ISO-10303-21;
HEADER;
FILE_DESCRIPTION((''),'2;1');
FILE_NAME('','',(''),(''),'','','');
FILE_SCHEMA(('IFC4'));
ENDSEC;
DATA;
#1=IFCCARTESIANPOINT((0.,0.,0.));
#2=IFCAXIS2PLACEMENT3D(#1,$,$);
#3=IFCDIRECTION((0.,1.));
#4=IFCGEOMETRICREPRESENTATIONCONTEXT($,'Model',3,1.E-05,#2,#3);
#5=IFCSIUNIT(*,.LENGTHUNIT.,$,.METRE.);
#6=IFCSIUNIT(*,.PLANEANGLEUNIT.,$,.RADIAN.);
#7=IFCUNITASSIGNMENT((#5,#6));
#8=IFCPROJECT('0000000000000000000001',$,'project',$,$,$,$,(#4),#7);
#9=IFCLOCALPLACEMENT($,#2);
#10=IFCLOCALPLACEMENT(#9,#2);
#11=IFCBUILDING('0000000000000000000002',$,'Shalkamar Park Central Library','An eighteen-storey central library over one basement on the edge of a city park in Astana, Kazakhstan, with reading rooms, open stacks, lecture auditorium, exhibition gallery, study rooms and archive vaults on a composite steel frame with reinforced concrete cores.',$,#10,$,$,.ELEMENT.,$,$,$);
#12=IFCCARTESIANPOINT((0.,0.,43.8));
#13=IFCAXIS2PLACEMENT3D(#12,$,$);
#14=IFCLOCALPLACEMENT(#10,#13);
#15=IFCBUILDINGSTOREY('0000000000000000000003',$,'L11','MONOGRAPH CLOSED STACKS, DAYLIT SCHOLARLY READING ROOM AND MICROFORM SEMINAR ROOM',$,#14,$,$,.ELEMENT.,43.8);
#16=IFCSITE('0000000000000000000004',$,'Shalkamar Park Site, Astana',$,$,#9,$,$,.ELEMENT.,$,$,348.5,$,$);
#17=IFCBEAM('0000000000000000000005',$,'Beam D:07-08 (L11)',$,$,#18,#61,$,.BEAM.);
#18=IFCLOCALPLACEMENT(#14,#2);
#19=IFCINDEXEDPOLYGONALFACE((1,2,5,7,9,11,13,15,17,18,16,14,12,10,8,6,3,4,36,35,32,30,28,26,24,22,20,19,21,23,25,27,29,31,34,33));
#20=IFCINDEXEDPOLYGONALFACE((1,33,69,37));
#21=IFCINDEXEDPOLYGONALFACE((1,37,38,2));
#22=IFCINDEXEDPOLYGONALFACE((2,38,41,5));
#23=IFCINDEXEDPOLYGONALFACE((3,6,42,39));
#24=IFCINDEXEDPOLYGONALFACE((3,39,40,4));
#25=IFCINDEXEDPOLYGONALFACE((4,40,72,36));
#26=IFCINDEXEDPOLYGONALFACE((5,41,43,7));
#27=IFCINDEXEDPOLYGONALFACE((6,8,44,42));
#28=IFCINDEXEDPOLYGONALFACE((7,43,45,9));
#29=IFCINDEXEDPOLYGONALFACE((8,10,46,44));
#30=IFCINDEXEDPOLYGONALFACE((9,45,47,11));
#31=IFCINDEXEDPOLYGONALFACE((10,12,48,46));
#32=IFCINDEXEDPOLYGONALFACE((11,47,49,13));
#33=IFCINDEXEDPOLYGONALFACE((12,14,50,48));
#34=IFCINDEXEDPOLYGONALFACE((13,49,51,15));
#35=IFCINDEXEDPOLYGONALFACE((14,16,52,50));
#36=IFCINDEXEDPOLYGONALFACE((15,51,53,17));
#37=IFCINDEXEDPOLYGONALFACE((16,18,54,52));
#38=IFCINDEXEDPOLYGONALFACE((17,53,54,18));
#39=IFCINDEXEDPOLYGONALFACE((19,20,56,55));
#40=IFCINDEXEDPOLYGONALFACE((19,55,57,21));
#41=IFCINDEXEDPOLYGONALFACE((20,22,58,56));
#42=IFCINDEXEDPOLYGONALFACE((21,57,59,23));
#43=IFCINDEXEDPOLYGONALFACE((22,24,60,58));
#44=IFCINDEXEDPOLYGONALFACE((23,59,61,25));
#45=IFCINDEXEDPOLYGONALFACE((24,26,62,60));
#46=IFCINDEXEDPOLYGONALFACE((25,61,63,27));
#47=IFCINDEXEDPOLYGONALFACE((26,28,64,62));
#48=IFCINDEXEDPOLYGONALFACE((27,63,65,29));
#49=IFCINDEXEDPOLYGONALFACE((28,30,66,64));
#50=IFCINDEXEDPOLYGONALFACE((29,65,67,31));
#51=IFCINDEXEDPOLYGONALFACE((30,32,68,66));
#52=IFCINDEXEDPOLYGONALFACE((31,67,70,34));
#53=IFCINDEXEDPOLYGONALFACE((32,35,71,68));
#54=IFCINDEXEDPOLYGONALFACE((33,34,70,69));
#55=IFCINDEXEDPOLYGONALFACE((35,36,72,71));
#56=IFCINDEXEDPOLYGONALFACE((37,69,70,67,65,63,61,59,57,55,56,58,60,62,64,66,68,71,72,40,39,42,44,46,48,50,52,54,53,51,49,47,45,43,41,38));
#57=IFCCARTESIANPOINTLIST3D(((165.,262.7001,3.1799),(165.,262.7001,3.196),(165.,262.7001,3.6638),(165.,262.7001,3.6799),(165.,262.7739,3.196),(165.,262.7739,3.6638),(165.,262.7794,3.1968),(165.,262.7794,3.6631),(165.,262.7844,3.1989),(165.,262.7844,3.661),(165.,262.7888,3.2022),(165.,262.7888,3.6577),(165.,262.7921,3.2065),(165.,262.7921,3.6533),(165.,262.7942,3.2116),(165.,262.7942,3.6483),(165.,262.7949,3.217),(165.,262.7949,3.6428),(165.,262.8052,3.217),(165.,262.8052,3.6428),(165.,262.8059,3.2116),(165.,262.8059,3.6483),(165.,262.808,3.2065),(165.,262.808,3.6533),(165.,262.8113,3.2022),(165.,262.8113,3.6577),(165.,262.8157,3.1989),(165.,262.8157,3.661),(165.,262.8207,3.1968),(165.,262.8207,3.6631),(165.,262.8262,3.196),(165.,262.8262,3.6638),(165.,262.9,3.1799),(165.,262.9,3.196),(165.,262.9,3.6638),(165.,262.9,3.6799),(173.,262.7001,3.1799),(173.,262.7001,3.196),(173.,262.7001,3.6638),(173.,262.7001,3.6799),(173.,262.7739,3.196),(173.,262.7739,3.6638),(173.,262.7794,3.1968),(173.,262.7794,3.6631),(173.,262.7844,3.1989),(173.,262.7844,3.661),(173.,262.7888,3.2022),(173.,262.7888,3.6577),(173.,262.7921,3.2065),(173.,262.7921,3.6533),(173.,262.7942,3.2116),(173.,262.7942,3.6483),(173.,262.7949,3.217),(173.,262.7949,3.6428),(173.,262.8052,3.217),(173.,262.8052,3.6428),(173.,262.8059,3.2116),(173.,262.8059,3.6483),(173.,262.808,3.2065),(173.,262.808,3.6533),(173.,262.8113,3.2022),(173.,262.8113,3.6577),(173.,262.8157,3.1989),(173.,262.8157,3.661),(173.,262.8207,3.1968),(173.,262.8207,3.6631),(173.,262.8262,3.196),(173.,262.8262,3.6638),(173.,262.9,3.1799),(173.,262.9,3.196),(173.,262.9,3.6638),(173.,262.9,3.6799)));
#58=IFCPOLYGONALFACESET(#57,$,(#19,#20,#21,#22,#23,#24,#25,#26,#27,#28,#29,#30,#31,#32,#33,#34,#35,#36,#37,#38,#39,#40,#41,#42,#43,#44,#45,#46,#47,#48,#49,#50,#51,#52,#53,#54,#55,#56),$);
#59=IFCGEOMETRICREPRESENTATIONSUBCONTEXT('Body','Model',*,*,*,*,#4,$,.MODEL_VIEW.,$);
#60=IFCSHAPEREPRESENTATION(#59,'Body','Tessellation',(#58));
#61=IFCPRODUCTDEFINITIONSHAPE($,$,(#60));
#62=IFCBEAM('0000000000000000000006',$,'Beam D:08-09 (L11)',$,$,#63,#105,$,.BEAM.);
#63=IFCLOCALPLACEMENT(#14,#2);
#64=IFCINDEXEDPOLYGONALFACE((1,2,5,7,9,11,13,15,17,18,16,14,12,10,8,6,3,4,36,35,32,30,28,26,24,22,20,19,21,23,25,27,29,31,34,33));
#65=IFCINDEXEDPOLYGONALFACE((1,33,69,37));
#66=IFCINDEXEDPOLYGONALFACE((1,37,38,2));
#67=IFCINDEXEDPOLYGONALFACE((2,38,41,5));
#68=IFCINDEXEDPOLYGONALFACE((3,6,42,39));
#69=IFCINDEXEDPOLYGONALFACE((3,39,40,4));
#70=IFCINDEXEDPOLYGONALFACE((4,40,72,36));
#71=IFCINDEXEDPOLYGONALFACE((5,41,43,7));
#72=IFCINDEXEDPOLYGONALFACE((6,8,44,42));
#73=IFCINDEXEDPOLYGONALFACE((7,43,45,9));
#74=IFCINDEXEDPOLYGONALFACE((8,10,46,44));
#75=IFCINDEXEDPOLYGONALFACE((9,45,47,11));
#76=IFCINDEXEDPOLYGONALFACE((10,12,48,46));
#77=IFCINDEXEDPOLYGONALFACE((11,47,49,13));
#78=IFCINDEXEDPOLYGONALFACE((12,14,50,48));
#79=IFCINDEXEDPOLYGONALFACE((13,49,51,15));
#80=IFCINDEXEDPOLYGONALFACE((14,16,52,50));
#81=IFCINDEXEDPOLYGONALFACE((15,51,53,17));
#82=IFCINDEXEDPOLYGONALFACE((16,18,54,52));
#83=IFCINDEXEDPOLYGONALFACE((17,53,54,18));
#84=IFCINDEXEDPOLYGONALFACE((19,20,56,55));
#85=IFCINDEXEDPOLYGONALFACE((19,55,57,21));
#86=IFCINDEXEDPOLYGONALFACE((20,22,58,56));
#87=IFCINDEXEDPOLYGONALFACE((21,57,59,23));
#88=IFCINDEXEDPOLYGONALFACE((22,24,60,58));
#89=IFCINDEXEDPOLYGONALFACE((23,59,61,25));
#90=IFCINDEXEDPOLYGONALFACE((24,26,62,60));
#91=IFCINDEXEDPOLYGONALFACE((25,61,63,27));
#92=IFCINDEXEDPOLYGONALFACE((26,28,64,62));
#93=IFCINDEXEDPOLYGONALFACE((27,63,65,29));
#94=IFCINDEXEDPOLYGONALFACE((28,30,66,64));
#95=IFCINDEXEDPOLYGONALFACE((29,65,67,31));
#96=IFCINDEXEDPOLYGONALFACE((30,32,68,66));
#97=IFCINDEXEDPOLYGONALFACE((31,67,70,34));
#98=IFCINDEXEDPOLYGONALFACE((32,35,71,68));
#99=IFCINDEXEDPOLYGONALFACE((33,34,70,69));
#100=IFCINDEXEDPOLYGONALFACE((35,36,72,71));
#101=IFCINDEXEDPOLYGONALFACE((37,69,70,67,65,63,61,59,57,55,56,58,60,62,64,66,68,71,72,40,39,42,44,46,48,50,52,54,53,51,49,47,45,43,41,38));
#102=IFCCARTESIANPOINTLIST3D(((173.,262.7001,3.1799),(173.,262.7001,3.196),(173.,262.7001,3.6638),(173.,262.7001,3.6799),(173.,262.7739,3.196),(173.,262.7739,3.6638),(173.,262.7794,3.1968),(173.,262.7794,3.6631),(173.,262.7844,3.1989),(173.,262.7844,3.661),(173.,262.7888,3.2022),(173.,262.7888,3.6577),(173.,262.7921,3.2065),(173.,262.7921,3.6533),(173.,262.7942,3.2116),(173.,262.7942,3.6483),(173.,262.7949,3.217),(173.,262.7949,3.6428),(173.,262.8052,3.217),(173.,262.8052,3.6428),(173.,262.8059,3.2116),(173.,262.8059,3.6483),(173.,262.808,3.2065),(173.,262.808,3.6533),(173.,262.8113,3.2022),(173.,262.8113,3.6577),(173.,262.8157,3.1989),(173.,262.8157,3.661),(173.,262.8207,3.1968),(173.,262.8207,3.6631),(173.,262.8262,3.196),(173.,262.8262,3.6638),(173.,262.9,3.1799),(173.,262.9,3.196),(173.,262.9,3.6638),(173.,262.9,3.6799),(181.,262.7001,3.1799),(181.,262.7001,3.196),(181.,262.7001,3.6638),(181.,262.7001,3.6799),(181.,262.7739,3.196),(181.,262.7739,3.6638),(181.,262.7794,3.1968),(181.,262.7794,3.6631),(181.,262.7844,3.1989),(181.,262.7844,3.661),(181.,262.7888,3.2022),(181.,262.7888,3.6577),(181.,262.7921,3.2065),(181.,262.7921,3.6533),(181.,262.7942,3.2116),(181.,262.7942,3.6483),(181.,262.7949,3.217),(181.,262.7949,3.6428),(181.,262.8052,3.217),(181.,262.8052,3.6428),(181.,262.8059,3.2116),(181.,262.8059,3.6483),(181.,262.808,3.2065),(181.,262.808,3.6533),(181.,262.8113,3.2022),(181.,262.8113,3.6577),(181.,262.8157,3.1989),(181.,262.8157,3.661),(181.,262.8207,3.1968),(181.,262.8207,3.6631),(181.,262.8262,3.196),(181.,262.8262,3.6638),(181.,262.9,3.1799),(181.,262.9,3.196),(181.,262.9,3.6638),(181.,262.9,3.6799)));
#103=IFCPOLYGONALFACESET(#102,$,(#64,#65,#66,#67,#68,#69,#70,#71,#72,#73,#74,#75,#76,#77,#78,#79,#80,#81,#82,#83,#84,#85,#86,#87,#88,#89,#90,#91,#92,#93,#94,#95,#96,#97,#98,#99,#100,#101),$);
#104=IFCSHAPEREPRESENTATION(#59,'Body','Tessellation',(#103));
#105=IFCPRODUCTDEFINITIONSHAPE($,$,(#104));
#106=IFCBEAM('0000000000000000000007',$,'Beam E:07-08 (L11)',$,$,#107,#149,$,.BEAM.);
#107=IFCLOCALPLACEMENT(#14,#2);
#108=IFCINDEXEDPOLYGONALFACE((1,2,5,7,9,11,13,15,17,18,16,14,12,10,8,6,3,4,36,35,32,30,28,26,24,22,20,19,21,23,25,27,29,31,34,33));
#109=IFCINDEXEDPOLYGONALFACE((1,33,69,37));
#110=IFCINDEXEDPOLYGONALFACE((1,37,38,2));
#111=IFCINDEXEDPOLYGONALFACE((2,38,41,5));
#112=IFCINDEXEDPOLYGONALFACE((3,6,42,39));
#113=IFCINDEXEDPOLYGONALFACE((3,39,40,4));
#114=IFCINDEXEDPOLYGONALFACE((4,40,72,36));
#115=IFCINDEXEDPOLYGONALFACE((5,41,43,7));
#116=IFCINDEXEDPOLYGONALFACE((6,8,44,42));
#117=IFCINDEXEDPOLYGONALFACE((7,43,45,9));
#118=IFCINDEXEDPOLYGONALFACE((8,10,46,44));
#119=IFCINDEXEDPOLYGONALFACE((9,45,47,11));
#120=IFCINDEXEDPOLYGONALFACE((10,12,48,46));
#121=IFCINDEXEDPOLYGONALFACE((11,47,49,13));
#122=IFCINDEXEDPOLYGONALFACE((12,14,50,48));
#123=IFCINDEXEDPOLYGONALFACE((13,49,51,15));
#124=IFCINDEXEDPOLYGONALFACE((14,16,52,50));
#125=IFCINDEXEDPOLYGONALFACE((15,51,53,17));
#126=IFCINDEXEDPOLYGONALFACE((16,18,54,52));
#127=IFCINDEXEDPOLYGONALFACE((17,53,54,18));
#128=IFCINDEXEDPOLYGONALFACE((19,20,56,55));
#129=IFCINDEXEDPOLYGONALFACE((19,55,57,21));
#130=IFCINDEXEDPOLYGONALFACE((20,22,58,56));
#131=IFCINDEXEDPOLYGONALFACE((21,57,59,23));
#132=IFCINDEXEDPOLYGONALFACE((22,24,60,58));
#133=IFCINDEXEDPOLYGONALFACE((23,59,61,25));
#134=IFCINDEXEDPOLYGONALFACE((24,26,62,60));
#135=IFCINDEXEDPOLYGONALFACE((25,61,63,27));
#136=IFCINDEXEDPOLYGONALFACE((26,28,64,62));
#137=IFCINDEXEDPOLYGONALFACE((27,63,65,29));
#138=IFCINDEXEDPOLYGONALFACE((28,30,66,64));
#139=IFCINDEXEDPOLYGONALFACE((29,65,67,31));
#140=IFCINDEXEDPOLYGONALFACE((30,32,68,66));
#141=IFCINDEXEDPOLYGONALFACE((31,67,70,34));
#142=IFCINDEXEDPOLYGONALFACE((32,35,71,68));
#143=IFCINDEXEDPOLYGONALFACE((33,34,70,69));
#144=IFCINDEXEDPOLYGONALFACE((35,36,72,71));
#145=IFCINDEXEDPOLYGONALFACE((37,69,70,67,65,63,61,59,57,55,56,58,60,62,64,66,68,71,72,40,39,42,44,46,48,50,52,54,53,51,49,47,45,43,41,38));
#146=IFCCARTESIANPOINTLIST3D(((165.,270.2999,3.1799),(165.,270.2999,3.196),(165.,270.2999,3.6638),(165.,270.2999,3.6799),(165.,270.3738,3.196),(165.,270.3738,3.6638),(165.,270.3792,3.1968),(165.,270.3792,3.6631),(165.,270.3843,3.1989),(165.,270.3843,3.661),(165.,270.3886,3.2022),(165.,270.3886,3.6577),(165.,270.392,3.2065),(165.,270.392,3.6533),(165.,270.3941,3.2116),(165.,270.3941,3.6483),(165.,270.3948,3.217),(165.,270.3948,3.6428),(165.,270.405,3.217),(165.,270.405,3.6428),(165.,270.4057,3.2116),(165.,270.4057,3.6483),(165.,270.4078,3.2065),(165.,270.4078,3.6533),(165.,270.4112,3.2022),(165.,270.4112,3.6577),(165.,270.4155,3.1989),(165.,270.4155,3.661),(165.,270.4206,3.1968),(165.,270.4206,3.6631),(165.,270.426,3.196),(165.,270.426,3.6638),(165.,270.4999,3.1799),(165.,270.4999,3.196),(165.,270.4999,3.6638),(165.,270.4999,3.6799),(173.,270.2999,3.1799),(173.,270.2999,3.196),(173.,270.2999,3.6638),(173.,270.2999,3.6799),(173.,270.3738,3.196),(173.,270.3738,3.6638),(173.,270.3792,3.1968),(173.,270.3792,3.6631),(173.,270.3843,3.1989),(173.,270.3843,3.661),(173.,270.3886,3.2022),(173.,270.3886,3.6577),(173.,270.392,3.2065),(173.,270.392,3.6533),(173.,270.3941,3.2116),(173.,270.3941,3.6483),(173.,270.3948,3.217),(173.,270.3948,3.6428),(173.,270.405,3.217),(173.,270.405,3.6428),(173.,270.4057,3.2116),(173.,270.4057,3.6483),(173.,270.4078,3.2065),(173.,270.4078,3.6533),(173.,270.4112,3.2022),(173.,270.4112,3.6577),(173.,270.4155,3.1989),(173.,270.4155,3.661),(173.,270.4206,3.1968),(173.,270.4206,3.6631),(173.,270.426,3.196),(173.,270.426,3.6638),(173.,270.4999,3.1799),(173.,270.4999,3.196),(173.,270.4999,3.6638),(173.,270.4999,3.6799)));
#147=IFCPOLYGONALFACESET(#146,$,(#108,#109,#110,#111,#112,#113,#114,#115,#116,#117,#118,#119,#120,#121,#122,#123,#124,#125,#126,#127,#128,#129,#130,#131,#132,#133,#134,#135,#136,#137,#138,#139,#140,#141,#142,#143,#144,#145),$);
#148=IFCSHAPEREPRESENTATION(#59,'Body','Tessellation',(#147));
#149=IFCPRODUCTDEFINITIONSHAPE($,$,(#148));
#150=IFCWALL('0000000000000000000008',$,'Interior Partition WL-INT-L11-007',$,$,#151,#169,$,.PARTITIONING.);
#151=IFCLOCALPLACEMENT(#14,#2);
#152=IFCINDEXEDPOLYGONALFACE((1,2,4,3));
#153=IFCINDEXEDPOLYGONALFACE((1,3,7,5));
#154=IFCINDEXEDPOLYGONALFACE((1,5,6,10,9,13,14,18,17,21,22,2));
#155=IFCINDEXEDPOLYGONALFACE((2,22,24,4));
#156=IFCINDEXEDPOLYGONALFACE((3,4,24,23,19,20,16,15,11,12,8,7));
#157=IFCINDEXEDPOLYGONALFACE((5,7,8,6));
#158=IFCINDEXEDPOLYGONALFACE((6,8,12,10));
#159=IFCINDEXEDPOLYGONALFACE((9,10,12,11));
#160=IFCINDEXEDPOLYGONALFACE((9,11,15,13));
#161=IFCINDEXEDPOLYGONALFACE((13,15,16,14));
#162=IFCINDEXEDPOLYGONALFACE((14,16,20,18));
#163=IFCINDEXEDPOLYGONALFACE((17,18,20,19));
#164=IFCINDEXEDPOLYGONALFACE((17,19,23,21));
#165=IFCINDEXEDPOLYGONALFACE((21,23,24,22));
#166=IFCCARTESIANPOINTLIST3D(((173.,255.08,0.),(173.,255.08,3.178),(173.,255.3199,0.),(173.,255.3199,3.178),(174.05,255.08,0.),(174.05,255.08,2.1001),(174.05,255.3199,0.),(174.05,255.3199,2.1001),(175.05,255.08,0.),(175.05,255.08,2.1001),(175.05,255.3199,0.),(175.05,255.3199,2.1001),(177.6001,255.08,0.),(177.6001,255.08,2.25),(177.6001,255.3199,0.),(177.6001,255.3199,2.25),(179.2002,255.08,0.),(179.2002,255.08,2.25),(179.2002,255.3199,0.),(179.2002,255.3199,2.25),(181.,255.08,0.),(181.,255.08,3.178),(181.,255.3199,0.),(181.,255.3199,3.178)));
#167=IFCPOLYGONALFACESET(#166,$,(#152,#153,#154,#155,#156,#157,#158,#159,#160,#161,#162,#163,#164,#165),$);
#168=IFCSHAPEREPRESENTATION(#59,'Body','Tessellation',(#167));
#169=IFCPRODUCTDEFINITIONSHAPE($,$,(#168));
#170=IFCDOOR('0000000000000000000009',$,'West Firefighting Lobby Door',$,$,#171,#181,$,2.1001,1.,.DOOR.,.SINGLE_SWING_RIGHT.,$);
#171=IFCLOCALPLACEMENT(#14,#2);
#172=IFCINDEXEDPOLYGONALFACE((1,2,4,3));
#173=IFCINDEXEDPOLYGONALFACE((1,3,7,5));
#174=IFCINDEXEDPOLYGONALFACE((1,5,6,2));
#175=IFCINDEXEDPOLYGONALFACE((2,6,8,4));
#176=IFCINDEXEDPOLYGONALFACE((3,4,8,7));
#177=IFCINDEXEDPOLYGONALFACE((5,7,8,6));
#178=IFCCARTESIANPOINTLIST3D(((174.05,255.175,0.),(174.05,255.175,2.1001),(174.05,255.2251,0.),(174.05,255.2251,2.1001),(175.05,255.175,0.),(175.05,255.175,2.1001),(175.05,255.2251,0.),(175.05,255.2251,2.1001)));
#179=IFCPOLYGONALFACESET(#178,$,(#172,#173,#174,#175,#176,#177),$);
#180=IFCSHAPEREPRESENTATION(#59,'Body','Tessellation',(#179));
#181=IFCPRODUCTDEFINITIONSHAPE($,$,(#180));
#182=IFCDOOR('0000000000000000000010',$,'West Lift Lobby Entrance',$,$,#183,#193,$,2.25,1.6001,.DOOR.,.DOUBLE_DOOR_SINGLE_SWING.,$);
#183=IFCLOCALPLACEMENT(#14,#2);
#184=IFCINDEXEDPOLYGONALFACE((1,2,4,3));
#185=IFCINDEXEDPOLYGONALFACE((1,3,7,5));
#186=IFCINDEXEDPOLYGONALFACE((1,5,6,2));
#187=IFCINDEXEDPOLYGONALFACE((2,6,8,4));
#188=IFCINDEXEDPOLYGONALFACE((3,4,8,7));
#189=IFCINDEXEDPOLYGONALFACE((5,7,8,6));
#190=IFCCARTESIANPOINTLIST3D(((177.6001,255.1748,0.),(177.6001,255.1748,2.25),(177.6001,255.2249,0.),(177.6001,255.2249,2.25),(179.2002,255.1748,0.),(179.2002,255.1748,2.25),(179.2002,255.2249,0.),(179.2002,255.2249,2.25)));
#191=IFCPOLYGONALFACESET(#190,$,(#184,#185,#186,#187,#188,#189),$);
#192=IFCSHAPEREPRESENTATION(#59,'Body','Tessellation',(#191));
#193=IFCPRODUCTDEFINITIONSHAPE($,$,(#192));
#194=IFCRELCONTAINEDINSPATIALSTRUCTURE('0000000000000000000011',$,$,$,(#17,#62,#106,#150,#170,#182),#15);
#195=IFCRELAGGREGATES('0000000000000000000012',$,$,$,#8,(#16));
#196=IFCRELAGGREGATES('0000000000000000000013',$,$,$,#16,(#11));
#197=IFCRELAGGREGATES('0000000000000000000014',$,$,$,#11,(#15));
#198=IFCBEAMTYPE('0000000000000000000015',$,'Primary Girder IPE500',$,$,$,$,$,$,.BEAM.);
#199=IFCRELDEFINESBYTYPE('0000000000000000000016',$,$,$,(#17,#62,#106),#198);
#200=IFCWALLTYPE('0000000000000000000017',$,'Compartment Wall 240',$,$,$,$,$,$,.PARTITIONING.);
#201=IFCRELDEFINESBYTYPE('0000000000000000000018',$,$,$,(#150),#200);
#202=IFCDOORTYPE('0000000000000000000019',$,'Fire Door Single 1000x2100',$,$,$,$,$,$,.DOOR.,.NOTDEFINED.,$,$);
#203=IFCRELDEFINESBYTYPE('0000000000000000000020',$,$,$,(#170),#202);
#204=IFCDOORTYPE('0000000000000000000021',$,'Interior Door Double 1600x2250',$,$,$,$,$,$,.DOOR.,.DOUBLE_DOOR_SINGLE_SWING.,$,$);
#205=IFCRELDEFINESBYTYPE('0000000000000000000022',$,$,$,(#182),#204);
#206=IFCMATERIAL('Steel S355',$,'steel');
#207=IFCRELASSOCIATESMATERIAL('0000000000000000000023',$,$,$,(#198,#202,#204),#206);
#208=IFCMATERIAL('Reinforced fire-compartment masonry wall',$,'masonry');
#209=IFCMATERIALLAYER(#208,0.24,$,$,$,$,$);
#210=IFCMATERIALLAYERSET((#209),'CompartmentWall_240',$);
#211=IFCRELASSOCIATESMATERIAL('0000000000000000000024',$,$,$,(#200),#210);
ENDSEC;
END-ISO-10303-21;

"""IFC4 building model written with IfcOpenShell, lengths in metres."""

from ifc_helpers import new_model, si_unit, direction, frame, frame_2d, origin, origin_2d, place, context, subcontext, project, spatial, rectangle, i_section, extrude, material, layer, layer_set, material_profile, profile_set, type_object, element, fill, save


model = new_model("IFC4")

# Units and contexts
model_context = context("Model", 3, precision=1e-05, world=origin(), true_north=direction((0.0, 1.0)))
body_context = subcontext(model_context, "Body", "Model", "MODEL_VIEW")
ifc_project = project(units=[si_unit("LENGTHUNIT", "METRE"), si_unit("PLANEANGLEUNIT", "RADIAN")], contexts=[model_context])

# Site, building, storey
site_placement = place(None, origin())
site = spatial("IfcSite", under=ifc_project, at=site_placement, Name="Shalkamar Park Site, Astana", CompositionType="ELEMENT", RefElevation=348.5)
building_placement = place(site_placement, origin())
building = spatial("IfcBuilding", under=site, at=building_placement, Name="Shalkamar Park Central Library", Description="An eighteen-storey central library over one basement on the edge of a city park in Astana, Kazakhstan, with reading rooms, open stacks, lecture auditorium, exhibition gallery, study rooms and archive vaults on a composite steel frame with reinforced concrete cores.", CompositionType="ELEMENT")
storey_placement = place(building_placement, frame((0.0, 0.0, 43.8)))
storey = spatial("IfcBuildingStorey", under=building, at=storey_placement, Name="L11", Description="MONOGRAPH CLOSED STACKS, DAYLIT SCHOLARLY READING ROOM AND MICROFORM SEMINAR ROOM", CompositionType="ELEMENT", Elevation=43.8)

# Shared definitions
ifc_material_1 = material(Name="Steel S355", Category="steel")

# Beams
ifc_material_profile_1 = material_profile(ifc_material_1, i_section(OverallWidth=0.2, OverallDepth=0.5, WebThickness=0.0103, FlangeThickness=0.0161, FilletRadius=0.021, at=origin_2d()), Name="IPE 500")
ifc_profile_set_1 = profile_set([ifc_material_profile_1], Name="Steel S355")
beam_type_1 = type_object("IfcBeamType", Name="Primary Girder IPE500", PredefinedType="BEAM", material=ifc_profile_set_1)
for number, where, z_axis, x_axis, name in (
    (1, (165.0, 262.8, 3.4299), (1.0, 0.0, 0.0), (0.0, 1.0, 0.0), "Beam D:07-08 (L11)"),
    (2, (173.0, 262.8, 3.4299), (1.0, 0.0, 0.0), (0.0, 1.0, 0.0), "Beam D:08-09 (L11)"),
    (3, (165.0, 270.3999, 3.4299), (1.0, 0.0, 0.0), (0.0, 1.0, 0.0), "Beam E:07-08 (L11)"),
):
    element("IfcBeam", number, at=place(storey_placement, frame(where, z_axis=z_axis, x_axis=x_axis)), inside=storey, type_object=beam_type_1, Name=name, PredefinedType="BEAM", context=body_context, shape_type="SweptSolid", body=[
        extrude(i_section(OverallWidth=0.2, OverallDepth=0.5, WebThickness=0.0103, FlangeThickness=0.0161, FilletRadius=0.021, at=origin_2d()), origin(), (0.0, 0.0, 1.0), 8.0),
    ])

# Wall, openings, doors
ifc_material_2 = material(Name="Reinforced fire-compartment masonry wall", Category="masonry")
ifc_layer_1 = layer(ifc_material_2, 0.24)
ifc_layer_set_1 = layer_set([ifc_layer_1], Name="CompartmentWall_240")
wall_type_1 = type_object("IfcWallType", Name="Compartment Wall 240", PredefinedType="PARTITIONING", material=ifc_layer_set_1)
wall_1_placement = place(storey_placement, frame((173.0, 255.2, 0.0), z_axis=(0.0, 0.0, 1.0), x_axis=(1.0, 0.0, 0.0)))
wall_1 = element("IfcWall", 4, at=wall_1_placement, inside=storey, type_object=wall_type_1, Name="Interior Partition WL-INT-L11-007", PredefinedType="PARTITIONING", context=body_context, shape_type="SweptSolid", body=[
    extrude(rectangle(XDim=8.0, YDim=0.24, at=frame_2d((4.0, 0.0))), origin(), (0.0, 0.0, 1.0), 3.178),
])
opening_1_placement = place(wall_1_placement, frame((1.05, 0.0, 0.0)))
opening_1 = element("IfcOpeningElement", 5, at=opening_1_placement, cuts=wall_1, PredefinedType="OPENING", context=body_context, shape_type="SweptSolid", body=[
    extrude(rectangle(XDim=1.0, YDim=2.1001, at=frame_2d((0.5, 1.05))), frame((0.0, 0.1348, 0.0), z_axis=(0.0, -1.0, 0.0), x_axis=(1.0, 0.0, 0.0)), (0.0, 0.0, 1.0), 0.2698),
])
opening_2_placement = place(wall_1_placement, frame((4.6001, 0.0, 0.0)))
opening_2 = element("IfcOpeningElement", 6, at=opening_2_placement, cuts=wall_1, PredefinedType="OPENING", context=body_context, shape_type="SweptSolid", body=[
    extrude(rectangle(XDim=1.6001, YDim=2.25, at=frame_2d((0.8, 1.125))), frame((0.0, 0.1348, 0.0), z_axis=(0.0, -1.0, 0.0), x_axis=(1.0, 0.0, 0.0)), (0.0, 0.0, 1.0), 0.2698),
])
door_type_1 = type_object("IfcDoorType", Name="Fire Door Single 1000x2100", OperationType="NOTDEFINED", PredefinedType="DOOR", material=ifc_material_1)
door_1_placement = place(opening_1_placement, frame((1.0, 0.0, 0.0), z_axis=(0.0, 0.0, 1.0), x_axis=(-1.0, 0.0, 0.0)))
door_1 = element("IfcDoor", 7, at=door_1_placement, inside=storey, type_object=door_type_1, Name="West Firefighting Lobby Door", OperationType="SINGLE_SWING_RIGHT", OverallHeight=2.1001, OverallWidth=1.0, PredefinedType="DOOR", context=body_context, shape_type="SweptSolid", body=[
    extrude(rectangle(XDim=1.0, YDim=2.1001, at=frame_2d((0.5, 1.05))), frame((0.0, 0.0249, 0.0), z_axis=(0.0, -1.0, 0.0), x_axis=(1.0, 0.0, 0.0)), (0.0, 0.0, 1.0), 0.05),
])
fill(opening_1, door_1)
door_type_2 = type_object("IfcDoorType", Name="Interior Door Double 1600x2250", OperationType="DOUBLE_DOOR_SINGLE_SWING", PredefinedType="DOOR", material=ifc_material_1)
door_2_placement = place(opening_2_placement, origin())
door_2 = element("IfcDoor", 8, at=door_2_placement, inside=storey, type_object=door_type_2, Name="West Lift Lobby Entrance", OperationType="DOUBLE_DOOR_SINGLE_SWING", OverallHeight=2.25, OverallWidth=1.6001, PredefinedType="DOOR", context=body_context, shape_type="SweptSolid", body=[
    extrude(rectangle(XDim=1.6001, YDim=2.25, at=frame_2d((0.8, 1.125))), frame((0.0, 0.0249, 0.0), z_axis=(0.0, -1.0, 0.0), x_axis=(1.0, 0.0, 0.0)), (0.0, 0.0, 1.0), 0.05),
])
fill(opening_2, door_2)

save(model, "model.ifc")
